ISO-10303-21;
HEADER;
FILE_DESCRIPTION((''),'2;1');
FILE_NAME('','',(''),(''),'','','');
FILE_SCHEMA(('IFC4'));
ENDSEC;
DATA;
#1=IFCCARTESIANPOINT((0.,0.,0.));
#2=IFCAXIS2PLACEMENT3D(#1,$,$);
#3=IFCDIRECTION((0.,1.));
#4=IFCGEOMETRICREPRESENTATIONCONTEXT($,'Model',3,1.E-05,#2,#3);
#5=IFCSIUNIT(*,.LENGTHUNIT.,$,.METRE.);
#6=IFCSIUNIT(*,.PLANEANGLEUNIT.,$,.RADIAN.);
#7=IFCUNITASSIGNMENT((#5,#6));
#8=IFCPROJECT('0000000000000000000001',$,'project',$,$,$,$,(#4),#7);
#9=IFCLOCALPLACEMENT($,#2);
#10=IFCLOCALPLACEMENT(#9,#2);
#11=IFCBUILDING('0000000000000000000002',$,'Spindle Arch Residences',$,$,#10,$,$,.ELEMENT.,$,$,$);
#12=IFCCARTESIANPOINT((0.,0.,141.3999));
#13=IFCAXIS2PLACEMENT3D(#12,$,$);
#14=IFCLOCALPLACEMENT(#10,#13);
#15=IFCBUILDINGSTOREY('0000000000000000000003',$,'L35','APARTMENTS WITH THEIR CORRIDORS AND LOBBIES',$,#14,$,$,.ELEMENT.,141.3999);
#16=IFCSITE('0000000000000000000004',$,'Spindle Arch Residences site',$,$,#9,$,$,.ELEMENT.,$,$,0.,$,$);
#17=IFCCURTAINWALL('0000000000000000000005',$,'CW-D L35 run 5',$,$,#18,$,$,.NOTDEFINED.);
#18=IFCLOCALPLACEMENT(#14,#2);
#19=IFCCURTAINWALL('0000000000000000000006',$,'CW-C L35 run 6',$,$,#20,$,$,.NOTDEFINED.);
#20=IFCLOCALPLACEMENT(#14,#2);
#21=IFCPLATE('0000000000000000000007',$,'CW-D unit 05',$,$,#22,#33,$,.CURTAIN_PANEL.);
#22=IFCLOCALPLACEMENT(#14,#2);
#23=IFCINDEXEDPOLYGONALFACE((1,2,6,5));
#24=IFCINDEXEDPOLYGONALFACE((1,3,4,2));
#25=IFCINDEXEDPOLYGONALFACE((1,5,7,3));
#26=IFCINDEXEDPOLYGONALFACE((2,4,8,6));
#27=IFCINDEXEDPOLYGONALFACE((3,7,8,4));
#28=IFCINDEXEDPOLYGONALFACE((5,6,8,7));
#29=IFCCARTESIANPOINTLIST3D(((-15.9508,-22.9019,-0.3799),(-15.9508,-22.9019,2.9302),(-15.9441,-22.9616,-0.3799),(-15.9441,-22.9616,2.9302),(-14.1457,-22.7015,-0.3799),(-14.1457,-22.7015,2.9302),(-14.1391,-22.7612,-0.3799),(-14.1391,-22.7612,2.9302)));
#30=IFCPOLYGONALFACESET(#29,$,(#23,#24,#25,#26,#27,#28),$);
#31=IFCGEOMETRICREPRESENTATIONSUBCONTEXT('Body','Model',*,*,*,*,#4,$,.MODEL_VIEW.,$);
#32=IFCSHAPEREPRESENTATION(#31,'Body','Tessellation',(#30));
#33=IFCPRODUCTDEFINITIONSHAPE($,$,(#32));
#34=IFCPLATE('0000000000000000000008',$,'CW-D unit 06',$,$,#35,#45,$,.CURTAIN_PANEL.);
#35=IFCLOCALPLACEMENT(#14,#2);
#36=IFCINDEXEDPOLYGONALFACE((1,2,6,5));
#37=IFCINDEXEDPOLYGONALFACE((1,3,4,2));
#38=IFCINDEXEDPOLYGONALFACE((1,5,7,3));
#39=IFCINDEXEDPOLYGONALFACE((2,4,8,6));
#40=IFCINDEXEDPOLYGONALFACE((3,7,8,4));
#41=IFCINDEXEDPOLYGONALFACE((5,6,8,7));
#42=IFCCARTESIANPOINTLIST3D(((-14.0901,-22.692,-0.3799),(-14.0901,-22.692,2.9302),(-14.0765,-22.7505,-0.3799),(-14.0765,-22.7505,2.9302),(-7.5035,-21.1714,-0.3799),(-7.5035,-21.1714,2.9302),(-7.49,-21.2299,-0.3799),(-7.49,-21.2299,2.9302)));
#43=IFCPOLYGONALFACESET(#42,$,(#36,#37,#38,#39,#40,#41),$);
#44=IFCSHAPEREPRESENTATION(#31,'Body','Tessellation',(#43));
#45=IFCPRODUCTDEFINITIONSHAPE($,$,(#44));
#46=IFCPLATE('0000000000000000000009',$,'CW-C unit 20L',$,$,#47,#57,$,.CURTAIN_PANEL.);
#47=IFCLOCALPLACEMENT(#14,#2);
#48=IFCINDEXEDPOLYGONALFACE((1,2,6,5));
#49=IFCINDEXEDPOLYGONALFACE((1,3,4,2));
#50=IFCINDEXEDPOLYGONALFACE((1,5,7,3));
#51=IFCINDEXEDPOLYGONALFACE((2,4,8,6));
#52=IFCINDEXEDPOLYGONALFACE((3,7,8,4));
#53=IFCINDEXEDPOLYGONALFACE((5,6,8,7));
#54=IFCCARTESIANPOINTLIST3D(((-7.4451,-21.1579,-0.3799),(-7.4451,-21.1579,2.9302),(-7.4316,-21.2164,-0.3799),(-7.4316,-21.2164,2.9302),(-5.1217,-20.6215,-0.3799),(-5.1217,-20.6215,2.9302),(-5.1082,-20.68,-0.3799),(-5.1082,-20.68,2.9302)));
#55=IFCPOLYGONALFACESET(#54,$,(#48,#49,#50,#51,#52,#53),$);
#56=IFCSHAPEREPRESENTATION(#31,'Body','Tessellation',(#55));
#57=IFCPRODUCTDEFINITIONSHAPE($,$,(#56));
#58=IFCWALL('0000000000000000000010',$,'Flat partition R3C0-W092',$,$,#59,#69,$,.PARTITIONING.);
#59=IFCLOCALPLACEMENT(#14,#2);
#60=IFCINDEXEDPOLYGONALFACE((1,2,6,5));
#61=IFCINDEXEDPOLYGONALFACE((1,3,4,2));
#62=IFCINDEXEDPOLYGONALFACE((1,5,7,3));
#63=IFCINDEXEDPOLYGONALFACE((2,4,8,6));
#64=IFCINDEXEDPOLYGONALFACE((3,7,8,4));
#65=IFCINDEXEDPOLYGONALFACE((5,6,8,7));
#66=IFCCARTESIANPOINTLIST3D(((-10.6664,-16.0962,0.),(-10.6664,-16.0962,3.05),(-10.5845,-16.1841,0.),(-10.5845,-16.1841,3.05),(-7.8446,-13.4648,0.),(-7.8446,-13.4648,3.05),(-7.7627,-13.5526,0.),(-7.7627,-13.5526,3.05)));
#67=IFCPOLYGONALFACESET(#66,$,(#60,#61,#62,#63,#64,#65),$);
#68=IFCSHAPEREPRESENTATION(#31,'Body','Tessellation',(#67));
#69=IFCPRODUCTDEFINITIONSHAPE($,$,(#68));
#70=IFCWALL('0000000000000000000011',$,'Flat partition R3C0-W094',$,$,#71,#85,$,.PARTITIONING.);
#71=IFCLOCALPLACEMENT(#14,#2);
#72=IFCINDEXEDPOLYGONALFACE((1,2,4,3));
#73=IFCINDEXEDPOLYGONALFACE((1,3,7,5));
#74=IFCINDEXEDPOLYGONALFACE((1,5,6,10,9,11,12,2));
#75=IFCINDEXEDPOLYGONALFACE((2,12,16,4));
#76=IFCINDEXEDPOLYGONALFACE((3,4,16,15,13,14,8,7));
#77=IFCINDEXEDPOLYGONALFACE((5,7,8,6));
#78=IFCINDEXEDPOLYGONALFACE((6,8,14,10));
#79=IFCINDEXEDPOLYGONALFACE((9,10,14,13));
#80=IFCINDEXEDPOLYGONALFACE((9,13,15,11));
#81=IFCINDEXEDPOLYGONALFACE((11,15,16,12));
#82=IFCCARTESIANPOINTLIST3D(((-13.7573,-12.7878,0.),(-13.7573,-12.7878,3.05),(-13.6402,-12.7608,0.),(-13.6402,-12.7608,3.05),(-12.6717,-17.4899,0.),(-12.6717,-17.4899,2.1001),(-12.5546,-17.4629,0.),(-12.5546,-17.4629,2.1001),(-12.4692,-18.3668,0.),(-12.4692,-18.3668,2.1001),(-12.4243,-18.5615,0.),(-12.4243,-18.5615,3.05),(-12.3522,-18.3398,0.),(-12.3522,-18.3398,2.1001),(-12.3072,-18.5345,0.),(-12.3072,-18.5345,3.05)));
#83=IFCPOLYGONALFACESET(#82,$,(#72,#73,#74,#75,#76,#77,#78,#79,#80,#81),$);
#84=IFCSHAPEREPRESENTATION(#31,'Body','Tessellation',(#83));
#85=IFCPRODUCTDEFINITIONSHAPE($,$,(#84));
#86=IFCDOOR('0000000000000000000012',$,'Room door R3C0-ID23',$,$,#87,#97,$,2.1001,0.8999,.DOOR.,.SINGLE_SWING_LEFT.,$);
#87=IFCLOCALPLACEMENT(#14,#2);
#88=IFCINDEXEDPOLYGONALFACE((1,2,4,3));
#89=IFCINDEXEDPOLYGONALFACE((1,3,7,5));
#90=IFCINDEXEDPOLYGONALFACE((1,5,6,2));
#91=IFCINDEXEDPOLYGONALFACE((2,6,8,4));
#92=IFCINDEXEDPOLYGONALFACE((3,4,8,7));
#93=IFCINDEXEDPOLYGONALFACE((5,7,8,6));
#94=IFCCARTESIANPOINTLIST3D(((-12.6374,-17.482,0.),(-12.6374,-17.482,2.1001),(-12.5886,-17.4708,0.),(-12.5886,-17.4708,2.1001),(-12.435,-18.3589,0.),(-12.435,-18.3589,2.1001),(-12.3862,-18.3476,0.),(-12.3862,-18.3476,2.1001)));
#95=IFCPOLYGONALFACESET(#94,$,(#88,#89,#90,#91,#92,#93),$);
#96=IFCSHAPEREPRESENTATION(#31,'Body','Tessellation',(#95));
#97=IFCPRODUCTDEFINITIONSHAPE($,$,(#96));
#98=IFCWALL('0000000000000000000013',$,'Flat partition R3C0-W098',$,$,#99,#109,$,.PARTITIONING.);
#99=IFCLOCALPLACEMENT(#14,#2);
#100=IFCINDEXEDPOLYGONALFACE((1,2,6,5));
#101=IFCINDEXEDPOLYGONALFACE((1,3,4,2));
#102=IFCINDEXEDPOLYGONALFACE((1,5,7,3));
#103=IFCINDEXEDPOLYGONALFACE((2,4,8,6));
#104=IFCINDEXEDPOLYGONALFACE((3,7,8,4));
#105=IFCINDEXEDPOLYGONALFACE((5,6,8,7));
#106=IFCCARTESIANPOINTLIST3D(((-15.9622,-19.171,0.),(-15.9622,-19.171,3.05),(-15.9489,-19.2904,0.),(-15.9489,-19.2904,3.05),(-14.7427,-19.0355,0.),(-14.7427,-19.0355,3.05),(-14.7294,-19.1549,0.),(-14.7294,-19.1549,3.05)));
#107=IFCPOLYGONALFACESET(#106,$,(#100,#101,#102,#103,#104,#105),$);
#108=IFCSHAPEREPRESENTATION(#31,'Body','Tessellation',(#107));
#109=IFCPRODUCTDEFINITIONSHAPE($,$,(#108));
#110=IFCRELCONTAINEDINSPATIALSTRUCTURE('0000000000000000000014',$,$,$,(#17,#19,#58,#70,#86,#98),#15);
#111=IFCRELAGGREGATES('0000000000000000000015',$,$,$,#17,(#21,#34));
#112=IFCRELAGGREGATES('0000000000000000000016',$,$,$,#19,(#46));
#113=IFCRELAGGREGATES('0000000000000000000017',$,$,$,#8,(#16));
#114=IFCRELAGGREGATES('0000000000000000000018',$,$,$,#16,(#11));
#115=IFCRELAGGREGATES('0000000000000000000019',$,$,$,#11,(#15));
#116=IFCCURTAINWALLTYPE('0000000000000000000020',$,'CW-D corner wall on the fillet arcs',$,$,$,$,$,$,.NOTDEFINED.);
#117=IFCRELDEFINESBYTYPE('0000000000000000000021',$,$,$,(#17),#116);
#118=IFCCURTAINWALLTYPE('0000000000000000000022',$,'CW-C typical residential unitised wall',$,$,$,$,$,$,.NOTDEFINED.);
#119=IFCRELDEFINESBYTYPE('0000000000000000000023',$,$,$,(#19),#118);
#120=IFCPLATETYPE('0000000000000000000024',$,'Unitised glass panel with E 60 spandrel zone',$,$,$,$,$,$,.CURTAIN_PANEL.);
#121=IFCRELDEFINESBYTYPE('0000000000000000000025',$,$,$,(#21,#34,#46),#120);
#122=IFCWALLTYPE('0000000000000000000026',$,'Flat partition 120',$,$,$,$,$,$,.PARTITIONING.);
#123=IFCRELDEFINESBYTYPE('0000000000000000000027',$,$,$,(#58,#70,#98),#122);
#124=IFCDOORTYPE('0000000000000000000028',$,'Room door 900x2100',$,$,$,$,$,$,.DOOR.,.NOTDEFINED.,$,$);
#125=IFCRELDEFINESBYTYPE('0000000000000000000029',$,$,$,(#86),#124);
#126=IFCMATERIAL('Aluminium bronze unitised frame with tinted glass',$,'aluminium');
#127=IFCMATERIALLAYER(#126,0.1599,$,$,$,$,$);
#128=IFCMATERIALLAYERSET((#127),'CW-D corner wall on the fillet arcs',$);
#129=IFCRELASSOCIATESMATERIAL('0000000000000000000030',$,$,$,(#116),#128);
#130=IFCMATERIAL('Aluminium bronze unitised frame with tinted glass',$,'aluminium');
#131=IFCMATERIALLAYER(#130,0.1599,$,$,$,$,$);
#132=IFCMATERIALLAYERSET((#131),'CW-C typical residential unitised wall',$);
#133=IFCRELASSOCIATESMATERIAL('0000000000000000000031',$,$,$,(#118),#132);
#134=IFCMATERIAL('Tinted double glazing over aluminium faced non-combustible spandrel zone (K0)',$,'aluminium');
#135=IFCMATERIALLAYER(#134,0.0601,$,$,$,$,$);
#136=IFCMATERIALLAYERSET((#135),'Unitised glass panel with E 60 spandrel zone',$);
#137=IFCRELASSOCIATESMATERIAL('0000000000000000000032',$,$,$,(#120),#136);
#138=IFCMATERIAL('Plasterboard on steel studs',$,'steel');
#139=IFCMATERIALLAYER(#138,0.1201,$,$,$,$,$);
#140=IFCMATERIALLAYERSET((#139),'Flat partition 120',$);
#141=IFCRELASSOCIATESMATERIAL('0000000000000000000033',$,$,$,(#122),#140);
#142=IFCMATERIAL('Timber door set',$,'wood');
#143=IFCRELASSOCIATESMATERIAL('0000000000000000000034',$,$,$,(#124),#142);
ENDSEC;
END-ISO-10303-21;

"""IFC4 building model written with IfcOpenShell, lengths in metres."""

from ifc_helpers import new_model, si_unit, direction, frame, frame_2d, origin, origin_2d, place, context, subcontext, project, spatial, rectangle, extrude, material, layer, layer_set, type_object, element, fill, aggregate, save


model = new_model("IFC4")

# Units and contexts
model_context = context("Model", 3, precision=1e-05, world=origin(), true_north=direction((0.0, 1.0)))
body_context = subcontext(model_context, "Body", "Model", "MODEL_VIEW")
ifc_project = project(units=[si_unit("LENGTHUNIT", "METRE"), si_unit("PLANEANGLEUNIT", "RADIAN")], contexts=[model_context])

# Site, building, storey
site_placement = place(None, origin())
site = spatial("IfcSite", under=ifc_project, at=site_placement, Name="Spindle Arch Residences site", CompositionType="ELEMENT", RefElevation=0.0)
building_placement = place(site_placement, origin())
building = spatial("IfcBuilding", under=site, at=building_placement, Name="Spindle Arch Residences", CompositionType="ELEMENT")
storey_placement = place(building_placement, frame((0.0, 0.0, 141.3999)))
storey = spatial("IfcBuildingStorey", under=building, at=storey_placement, Name="L35", Description="APARTMENTS WITH THEIR CORRIDORS AND LOBBIES", CompositionType="ELEMENT", Elevation=141.3999)

# Curtain wall
ifc_material_1 = material(Name="Aluminium bronze unitised frame with tinted glass", Category="aluminium")
ifc_layer_1 = layer(ifc_material_1, 0.1599)
ifc_layer_set_1 = layer_set([ifc_layer_1], Name="CW-D corner wall on the fillet arcs")
curtain_wall_type_1 = type_object("IfcCurtainWallType", Name="CW-D corner wall on the fillet arcs", PredefinedType="NOTDEFINED", material=ifc_layer_set_1)
curtain_wall_1_placement = place(storey_placement, origin())
curtain_wall_1 = element("IfcCurtainWall", 1, at=curtain_wall_1_placement, inside=storey, type_object=curtain_wall_type_1, Name="CW-D L35 run 5", PredefinedType="NOTDEFINED")

# Curtain wall
ifc_material_2 = material(Name="Aluminium bronze unitised frame with tinted glass", Category="aluminium")
ifc_layer_2 = layer(ifc_material_2, 0.1599)
ifc_layer_set_2 = layer_set([ifc_layer_2], Name="CW-C typical residential unitised wall")
curtain_wall_type_2 = type_object("IfcCurtainWallType", Name="CW-C typical residential unitised wall", PredefinedType="NOTDEFINED", material=ifc_layer_set_2)
curtain_wall_2_placement = place(storey_placement, origin())
curtain_wall_2 = element("IfcCurtainWall", 2, at=curtain_wall_2_placement, inside=storey, type_object=curtain_wall_type_2, Name="CW-C L35 run 6", PredefinedType="NOTDEFINED")

# Plates
ifc_material_3 = material(Name="Tinted double glazing over aluminium faced non-combustible spandrel zone (K0)", Category="aluminium")
ifc_layer_3 = layer(ifc_material_3, 0.0601)
ifc_layer_set_3 = layer_set([ifc_layer_3], Name="Unitised glass panel with E 60 spandrel zone")
plate_type = type_object("IfcPlateType", Name="Unitised glass panel with E 60 spandrel zone", PredefinedType="CURTAIN_PANEL", material=ifc_layer_set_3)
plate_1_placement = place(storey_placement, frame((-15.0449, -22.8315, -0.3799), z_axis=(0.0, 0.0, 1.0), x_axis=(0.993897, 0.110313, 0.0)))
plate_1 = element("IfcPlate", 3, at=plate_1_placement, type_object=plate_type, Name="CW-D unit 05", PredefinedType="CURTAIN_PANEL", context=body_context, shape_type="SweptSolid", body=[
    extrude(rectangle(XDim=1.8162, YDim=0.0601, at=origin_2d()), origin(), (0.0, 0.0, 1.0), 3.3101),
])
plate_2_placement = place(storey_placement, frame((-10.79, -21.9609, -0.3799), z_axis=(0.0, 0.0, 1.0), x_axis=(0.97437, 0.224951, 0.0)))
plate_2 = element("IfcPlate", 4, at=plate_2_placement, type_object=plate_type, Name="CW-D unit 06", PredefinedType="CURTAIN_PANEL", context=body_context, shape_type="SweptSolid", body=[
    extrude(rectangle(XDim=6.7598, YDim=0.0601, at=origin_2d()), origin(), (0.0, 0.0, 1.0), 3.3101),
])
aggregate(curtain_wall_1, [plate_1, plate_2])
plate_3_placement = place(storey_placement, frame((-6.2766, -20.9189, -0.3799), z_axis=(0.0, 0.0, 1.0), x_axis=(0.97437, 0.224951, 0.0)))
plate_3 = element("IfcPlate", 5, at=plate_3_placement, type_object=plate_type, Name="CW-C unit 20L", PredefinedType="CURTAIN_PANEL", context=body_context, shape_type="SweptSolid", body=[
    extrude(rectangle(XDim=2.3845, YDim=0.0601, at=origin_2d()), origin(), (0.0, 0.0, 1.0), 3.3101),
])
aggregate(curtain_wall_2, [plate_3])

# Wall
ifc_material_4 = material(Name="Plasterboard on steel studs", Category="steel")
ifc_layer_4 = layer(ifc_material_4, 0.1201)
ifc_layer_set_4 = layer_set([ifc_layer_4], Name="Flat partition 120")
wall_type_1 = type_object("IfcWallType", Name="Flat partition 120", PredefinedType="PARTITIONING", material=ifc_layer_set_4)
wall_1_placement = place(storey_placement, frame((-10.6255, -16.1401, 0.0), z_axis=(0.0, 0.0, 1.0), x_axis=(0.731354, 0.681998, 0.0)))
element("IfcWall", 6, at=wall_1_placement, inside=storey, type_object=wall_type_1, Name="Flat partition R3C0-W092", PredefinedType="PARTITIONING", context=body_context, shape_type="SweptSolid", body=[
    extrude(rectangle(XDim=3.8584, YDim=0.1201, at=frame_2d((1.9292, 0.0))), origin(), (0.0, 0.0, 1.0), 3.05),
])

# Wall, opening, door
wall_2_placement = place(storey_placement, frame((-12.3657, -18.5481, 0.0), z_axis=(0.0, 0.0, 1.0), x_axis=(-0.224959, 0.974368, 0.0)))
wall_2 = element("IfcWall", 7, at=wall_2_placement, inside=storey, type_object=wall_type_1, Name="Flat partition R3C0-W094", PredefinedType="PARTITIONING", context=body_context, shape_type="SweptSolid", body=[
    extrude(rectangle(XDim=5.9255, YDim=0.1201, at=frame_2d((2.9629, 0.0))), origin(), (0.0, 0.0, 1.0), 3.05),
])
opening_1_placement = place(wall_2_placement, frame((0.2, 0.0, 0.0)))
opening_1 = element("IfcOpeningElement", 8, at=opening_1_placement, cuts=wall_2, PredefinedType="OPENING", context=body_context, shape_type="SweptSolid", body=[
    extrude(rectangle(XDim=0.8999, YDim=2.1001, at=frame_2d((0.45, 1.05))), frame((0.0, 0.0701, 0.0), z_axis=(0.0, -1.0, 0.0), x_axis=(1.0, 0.0, 0.0)), (0.0, 0.0, 1.0), 0.1401),
])
ifc_material_5 = material(Name="Timber door set", Category="wood")
door_type_1 = type_object("IfcDoorType", Name="Room door 900x2100", OperationType="NOTDEFINED", PredefinedType="DOOR", material=ifc_material_5)
door_1_placement = place(opening_1_placement, origin())
door_1 = element("IfcDoor", 9, at=door_1_placement, inside=storey, type_object=door_type_1, Name="Room door R3C0-ID23", OperationType="SINGLE_SWING_LEFT", OverallHeight=2.1001, OverallWidth=0.8999, PredefinedType="DOOR", context=body_context, shape_type="SweptSolid", body=[
    extrude(rectangle(XDim=0.8999, YDim=2.1001, at=frame_2d((0.45, 1.05))), frame((0.0, 0.0249, 0.0), z_axis=(0.0, -1.0, 0.0), x_axis=(1.0, 0.0, 0.0)), (0.0, 0.0, 1.0), 0.05),
])
fill(opening_1, door_1)

# Wall
wall_3_placement = place(storey_placement, frame((-15.9556, -19.2307, 0.0), z_axis=(0.0, 0.0, 1.0), x_axis=(0.993884, 0.110432, 0.0)))
element("IfcWall", 10, at=wall_3_placement, inside=storey, type_object=wall_type_1, Name="Flat partition R3C0-W098", PredefinedType="PARTITIONING", context=body_context, shape_type="SweptSolid", body=[
    extrude(rectangle(XDim=1.2271, YDim=0.1201, at=frame_2d((0.6135, 0.0))), origin(), (0.0, 0.0, 1.0), 3.05),
])

save(model, "model.ifc")
